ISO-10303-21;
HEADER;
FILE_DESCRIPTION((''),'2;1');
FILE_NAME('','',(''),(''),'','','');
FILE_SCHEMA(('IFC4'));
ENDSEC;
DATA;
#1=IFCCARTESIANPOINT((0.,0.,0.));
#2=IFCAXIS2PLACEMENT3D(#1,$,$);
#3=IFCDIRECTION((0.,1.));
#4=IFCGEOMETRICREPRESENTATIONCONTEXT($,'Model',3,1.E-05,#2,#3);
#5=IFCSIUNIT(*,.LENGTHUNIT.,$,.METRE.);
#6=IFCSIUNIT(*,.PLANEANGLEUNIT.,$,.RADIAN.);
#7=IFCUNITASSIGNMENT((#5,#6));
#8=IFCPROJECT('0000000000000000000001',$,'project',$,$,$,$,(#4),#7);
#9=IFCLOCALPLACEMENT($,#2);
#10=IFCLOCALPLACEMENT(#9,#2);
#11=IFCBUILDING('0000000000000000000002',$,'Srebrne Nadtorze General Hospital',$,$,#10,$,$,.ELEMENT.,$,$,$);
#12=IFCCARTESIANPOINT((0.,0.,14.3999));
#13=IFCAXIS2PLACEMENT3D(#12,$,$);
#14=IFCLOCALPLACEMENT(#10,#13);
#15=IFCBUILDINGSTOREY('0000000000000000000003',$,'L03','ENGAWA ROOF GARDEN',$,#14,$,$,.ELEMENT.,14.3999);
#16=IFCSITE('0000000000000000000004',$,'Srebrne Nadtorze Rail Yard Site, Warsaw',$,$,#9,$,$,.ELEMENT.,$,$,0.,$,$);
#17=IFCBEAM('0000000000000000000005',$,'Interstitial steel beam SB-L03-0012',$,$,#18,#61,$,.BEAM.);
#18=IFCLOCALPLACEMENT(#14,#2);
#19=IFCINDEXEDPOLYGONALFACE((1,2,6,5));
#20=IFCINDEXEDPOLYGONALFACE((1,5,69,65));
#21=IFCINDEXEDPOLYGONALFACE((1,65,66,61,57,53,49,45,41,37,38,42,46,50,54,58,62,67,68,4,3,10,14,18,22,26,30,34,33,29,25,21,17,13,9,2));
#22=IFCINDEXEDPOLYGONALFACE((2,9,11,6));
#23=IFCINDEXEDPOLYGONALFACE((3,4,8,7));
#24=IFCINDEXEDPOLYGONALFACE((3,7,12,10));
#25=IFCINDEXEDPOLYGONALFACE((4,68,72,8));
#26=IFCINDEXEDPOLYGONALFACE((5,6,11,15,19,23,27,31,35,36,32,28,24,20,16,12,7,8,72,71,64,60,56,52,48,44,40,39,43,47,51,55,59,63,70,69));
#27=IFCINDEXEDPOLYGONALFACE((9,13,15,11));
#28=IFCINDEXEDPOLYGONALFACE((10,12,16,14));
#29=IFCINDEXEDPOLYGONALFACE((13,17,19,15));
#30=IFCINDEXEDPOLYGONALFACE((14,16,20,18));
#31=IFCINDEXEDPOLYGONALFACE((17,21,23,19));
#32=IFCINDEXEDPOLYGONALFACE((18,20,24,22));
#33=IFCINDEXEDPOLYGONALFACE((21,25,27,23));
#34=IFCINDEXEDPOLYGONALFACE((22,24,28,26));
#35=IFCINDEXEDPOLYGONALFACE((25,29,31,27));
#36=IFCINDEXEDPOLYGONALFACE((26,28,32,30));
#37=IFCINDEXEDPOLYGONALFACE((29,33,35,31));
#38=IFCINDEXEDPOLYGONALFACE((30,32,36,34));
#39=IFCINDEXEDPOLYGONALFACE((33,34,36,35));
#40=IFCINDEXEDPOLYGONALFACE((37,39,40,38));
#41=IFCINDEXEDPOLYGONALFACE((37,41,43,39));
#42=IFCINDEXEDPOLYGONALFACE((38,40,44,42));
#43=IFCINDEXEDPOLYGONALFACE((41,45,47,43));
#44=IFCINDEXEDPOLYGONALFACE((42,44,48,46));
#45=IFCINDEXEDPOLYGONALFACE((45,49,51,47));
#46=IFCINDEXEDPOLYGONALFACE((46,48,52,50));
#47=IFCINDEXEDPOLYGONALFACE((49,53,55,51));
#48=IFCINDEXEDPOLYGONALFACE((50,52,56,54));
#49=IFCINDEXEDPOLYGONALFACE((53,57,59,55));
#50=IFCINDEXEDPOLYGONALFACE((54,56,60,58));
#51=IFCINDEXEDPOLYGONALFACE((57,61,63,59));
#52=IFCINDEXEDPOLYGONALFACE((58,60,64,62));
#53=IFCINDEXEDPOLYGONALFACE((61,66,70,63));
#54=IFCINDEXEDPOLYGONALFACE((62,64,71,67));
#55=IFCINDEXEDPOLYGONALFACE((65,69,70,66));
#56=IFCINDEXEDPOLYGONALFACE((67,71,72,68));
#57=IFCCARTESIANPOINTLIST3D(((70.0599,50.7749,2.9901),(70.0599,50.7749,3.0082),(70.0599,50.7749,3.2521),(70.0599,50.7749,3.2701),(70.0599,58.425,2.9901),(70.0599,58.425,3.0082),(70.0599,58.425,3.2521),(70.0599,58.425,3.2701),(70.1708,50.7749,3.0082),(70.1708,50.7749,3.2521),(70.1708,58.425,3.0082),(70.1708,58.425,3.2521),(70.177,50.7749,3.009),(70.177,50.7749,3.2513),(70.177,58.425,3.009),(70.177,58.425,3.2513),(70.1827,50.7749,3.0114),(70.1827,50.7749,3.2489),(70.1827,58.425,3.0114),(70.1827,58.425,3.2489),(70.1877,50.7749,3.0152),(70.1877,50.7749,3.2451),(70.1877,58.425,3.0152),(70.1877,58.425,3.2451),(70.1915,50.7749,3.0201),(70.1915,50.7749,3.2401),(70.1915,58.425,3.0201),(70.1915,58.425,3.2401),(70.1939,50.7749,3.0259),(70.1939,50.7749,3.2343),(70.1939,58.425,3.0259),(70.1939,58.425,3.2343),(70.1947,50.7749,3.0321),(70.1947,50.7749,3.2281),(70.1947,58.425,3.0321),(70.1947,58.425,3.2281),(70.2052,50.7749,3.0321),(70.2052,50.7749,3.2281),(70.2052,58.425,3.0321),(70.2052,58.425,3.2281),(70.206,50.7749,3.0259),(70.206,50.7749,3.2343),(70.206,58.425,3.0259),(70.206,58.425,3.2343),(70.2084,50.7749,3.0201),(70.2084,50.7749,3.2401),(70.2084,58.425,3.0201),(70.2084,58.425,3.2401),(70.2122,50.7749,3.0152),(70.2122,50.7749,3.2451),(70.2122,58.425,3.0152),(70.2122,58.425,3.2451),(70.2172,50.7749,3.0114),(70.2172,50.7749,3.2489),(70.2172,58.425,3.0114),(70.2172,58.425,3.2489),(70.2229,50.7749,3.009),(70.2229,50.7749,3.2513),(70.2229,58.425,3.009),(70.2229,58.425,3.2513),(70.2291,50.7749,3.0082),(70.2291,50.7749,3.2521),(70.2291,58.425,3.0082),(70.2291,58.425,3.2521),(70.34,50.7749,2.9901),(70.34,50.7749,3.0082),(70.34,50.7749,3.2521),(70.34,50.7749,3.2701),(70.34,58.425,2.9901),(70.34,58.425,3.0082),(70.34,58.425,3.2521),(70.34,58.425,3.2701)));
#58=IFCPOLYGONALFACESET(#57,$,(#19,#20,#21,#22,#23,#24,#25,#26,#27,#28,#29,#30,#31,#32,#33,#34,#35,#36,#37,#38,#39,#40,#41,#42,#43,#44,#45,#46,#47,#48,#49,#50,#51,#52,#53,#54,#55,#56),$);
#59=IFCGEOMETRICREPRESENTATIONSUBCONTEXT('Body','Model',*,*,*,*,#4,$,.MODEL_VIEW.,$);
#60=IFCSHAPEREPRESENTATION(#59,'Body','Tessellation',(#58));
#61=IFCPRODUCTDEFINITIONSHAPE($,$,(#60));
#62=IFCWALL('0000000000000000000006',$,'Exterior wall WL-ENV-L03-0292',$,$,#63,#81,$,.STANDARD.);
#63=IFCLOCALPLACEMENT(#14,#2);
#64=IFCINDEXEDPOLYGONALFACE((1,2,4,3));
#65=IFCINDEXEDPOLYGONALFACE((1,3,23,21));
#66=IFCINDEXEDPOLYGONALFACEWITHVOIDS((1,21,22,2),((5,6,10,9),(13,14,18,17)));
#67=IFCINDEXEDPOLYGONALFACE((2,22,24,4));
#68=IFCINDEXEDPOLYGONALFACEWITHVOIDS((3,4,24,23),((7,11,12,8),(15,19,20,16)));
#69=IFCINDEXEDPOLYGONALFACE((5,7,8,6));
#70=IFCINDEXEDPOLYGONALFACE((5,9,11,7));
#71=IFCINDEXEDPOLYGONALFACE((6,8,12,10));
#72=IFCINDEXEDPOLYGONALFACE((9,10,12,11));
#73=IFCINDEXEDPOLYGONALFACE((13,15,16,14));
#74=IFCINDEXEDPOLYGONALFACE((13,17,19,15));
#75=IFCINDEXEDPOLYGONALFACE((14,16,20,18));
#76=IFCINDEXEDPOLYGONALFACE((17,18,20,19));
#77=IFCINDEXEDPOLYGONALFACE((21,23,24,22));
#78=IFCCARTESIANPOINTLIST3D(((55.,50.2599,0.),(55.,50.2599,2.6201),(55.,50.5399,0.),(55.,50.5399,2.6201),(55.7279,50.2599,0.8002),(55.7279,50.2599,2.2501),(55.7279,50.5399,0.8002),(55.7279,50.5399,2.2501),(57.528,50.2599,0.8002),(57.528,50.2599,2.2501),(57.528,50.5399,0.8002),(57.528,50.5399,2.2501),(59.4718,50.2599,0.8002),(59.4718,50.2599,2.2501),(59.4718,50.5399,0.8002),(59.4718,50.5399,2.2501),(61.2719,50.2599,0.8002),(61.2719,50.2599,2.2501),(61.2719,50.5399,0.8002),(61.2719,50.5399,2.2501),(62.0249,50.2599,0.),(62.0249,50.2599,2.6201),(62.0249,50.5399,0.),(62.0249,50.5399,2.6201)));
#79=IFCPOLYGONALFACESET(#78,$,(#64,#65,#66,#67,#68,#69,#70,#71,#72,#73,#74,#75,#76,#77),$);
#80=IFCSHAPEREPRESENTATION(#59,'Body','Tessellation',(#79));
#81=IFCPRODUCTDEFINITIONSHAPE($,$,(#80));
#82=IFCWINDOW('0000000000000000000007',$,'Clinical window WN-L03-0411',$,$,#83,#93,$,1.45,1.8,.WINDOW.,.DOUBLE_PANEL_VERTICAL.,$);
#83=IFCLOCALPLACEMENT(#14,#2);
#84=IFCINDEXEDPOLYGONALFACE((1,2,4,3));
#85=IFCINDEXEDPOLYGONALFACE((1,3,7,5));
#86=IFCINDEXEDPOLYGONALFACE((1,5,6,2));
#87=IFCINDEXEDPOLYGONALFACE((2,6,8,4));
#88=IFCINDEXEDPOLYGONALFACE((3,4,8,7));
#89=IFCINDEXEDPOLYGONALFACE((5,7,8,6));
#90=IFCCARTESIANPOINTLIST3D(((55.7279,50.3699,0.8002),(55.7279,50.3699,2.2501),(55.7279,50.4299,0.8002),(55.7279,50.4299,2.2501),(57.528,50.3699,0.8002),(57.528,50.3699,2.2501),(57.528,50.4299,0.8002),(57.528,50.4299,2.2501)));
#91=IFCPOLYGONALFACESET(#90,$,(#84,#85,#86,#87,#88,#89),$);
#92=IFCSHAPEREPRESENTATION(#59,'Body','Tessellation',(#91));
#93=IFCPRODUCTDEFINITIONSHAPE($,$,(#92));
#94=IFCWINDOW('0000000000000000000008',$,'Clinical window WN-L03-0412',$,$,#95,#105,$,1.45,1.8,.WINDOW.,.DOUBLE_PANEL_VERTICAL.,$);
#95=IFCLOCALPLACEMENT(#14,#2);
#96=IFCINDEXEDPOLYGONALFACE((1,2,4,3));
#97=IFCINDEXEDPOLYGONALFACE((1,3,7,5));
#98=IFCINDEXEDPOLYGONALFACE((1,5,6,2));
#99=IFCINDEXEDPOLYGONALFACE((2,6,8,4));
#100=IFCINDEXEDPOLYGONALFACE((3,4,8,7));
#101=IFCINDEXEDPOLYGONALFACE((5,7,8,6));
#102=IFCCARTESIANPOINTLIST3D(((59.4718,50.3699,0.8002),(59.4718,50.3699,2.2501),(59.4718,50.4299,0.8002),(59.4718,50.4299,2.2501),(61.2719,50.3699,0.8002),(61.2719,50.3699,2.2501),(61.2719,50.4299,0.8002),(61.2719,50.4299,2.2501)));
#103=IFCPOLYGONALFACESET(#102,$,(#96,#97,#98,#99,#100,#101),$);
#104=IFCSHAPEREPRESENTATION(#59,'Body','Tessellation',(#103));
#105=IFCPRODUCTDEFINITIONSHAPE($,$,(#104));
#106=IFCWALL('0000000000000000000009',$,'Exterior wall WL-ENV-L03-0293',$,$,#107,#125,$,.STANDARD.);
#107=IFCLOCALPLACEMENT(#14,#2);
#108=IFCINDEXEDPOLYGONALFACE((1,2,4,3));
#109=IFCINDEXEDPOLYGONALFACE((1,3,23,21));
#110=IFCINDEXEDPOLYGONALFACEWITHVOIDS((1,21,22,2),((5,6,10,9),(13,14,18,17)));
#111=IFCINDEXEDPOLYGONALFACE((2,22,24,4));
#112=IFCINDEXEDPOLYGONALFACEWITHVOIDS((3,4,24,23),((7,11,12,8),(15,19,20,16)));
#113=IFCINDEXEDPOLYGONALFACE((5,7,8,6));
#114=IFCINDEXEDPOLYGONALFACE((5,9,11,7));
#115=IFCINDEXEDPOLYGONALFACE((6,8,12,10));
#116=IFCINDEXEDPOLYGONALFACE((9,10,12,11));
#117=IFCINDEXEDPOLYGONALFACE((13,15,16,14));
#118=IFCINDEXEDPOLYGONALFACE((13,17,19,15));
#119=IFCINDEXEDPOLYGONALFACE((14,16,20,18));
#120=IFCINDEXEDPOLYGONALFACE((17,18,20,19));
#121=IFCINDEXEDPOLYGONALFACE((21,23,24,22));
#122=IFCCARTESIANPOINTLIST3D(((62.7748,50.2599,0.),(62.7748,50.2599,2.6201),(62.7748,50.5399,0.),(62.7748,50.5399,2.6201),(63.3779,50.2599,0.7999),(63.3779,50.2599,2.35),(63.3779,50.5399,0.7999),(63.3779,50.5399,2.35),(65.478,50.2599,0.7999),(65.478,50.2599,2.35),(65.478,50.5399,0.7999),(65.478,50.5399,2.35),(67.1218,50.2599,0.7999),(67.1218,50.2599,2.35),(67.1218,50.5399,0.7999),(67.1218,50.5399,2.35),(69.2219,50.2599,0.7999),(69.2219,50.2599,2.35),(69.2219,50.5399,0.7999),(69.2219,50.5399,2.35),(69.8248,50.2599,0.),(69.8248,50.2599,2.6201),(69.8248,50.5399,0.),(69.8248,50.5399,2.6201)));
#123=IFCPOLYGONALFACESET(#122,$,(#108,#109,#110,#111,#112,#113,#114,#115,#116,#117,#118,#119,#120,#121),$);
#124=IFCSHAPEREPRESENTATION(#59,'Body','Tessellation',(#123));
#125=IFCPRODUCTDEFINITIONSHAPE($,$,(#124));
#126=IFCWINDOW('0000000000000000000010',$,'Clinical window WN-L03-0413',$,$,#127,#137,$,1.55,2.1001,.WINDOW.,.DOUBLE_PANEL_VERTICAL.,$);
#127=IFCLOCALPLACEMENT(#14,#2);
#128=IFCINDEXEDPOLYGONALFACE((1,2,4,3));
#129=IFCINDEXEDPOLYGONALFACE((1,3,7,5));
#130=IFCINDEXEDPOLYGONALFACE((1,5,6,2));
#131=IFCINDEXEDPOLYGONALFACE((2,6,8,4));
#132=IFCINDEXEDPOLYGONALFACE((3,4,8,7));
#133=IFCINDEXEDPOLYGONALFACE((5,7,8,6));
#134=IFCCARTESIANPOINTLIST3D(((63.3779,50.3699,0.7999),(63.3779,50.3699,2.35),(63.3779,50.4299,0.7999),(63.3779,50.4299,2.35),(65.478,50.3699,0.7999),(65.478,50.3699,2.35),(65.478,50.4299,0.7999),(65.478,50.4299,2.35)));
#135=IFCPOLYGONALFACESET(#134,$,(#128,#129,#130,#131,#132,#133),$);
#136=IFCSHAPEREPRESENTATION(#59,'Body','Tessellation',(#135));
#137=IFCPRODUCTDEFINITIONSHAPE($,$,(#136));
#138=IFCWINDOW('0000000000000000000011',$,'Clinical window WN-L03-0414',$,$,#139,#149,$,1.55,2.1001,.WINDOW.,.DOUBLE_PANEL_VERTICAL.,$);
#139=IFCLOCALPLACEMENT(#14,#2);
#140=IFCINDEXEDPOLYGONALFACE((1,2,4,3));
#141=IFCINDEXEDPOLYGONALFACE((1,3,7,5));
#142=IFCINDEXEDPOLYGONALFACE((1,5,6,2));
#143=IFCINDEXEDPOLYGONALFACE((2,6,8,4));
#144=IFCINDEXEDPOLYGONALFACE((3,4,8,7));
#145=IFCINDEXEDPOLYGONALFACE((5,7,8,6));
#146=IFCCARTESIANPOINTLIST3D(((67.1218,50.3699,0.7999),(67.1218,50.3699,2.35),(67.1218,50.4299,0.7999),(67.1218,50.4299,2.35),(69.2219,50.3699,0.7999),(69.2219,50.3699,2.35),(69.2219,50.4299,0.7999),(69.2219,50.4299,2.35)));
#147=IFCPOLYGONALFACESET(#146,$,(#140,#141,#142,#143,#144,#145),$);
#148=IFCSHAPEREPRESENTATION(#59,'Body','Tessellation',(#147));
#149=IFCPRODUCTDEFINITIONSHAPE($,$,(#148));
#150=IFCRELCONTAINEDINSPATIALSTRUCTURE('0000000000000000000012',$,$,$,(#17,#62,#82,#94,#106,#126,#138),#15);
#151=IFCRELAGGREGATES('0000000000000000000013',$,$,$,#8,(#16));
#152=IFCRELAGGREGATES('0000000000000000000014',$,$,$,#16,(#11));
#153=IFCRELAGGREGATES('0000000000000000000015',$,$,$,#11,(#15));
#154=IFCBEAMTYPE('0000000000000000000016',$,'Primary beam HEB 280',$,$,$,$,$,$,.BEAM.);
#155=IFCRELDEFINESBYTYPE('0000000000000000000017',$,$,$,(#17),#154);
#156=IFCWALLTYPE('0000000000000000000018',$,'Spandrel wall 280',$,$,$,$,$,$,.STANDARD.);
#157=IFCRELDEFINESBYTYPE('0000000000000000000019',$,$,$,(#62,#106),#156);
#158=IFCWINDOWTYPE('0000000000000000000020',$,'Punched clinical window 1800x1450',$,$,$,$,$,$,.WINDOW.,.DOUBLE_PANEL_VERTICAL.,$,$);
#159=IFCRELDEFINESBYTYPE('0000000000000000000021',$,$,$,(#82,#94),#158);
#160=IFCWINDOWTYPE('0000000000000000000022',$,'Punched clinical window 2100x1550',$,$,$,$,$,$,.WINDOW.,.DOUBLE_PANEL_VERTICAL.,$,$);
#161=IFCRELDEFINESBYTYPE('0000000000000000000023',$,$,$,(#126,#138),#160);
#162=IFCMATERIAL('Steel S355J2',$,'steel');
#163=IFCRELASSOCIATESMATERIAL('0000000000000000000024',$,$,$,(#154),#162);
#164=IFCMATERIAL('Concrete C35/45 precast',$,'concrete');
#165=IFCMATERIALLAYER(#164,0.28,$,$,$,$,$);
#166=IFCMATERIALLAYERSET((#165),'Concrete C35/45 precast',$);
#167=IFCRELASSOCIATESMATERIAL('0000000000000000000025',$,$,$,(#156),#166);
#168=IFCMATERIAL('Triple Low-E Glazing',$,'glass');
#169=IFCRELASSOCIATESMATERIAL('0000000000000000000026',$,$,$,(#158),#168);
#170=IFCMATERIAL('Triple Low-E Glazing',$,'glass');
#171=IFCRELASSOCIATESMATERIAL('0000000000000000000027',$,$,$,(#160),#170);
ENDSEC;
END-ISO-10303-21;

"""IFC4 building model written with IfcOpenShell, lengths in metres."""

from ifc_helpers import new_model, si_unit, direction, frame, frame_2d, origin, origin_2d, place, context, subcontext, project, spatial, rectangle, i_section, extrude, material, layer, layer_set, material_profile, profile_set, type_object, element, fill, save


model = new_model("IFC4")

# Units and contexts
model_context = context("Model", 3, precision=1e-05, world=origin(), true_north=direction((0.0, 1.0)))
body_context = subcontext(model_context, "Body", "Model", "MODEL_VIEW")
ifc_project = project(units=[si_unit("LENGTHUNIT", "METRE"), si_unit("PLANEANGLEUNIT", "RADIAN")], contexts=[model_context])

# Site, building, storey
site_placement = place(None, origin())
site = spatial("IfcSite", under=ifc_project, at=site_placement, Name="Srebrne Nadtorze Rail Yard Site, Warsaw", CompositionType="ELEMENT", RefElevation=0.0)
building_placement = place(site_placement, origin())
building = spatial("IfcBuilding", under=site, at=building_placement, Name="Srebrne Nadtorze General Hospital", CompositionType="ELEMENT")
storey_placement = place(building_placement, frame((0.0, 0.0, 14.3999)))
storey = spatial("IfcBuildingStorey", under=building, at=storey_placement, Name="L03", Description="ENGAWA ROOF GARDEN", CompositionType="ELEMENT", Elevation=14.3999)

# Beam
ifc_material_1 = material(Name="Steel S355J2", Category="steel")
ifc_material_profile_1 = material_profile(ifc_material_1, i_section(OverallWidth=0.28, OverallDepth=0.28, WebThickness=0.0105, FlangeThickness=0.0181, FilletRadius=0.0239, at=origin_2d()), Name="HEB-280")
ifc_profile_set_1 = profile_set([ifc_material_profile_1], Name="Steel S355J2")
beam_type_1 = type_object("IfcBeamType", Name="Primary beam HEB 280", PredefinedType="BEAM", material=ifc_profile_set_1)
beam_1_placement = place(storey_placement, frame((70.2, 50.7749, 3.1301), z_axis=(0.0, 1.0, 0.0), x_axis=(-1.0, 0.0, 0.0)))
element("IfcBeam", 1, at=beam_1_placement, inside=storey, type_object=beam_type_1, Name="Interstitial steel beam SB-L03-0012", PredefinedType="BEAM", context=body_context, shape_type="SweptSolid", body=[
    extrude(i_section(OverallWidth=0.28, OverallDepth=0.28, WebThickness=0.0105, FlangeThickness=0.0181, FilletRadius=0.0239, at=origin_2d()), origin(), (0.0, 0.0, 1.0), 7.6501),
])

# Walls, openings, windows
ifc_material_2 = material(Name="Concrete C35/45 precast", Category="concrete")
ifc_layer_1 = layer(ifc_material_2, 0.28)
ifc_layer_set_1 = layer_set([ifc_layer_1], Name="Concrete C35/45 precast")
wall_type = type_object("IfcWallType", Name="Spandrel wall 280", PredefinedType="STANDARD", material=ifc_layer_set_1)
wall_1_placement = place(storey_placement, frame((55.0, 50.3999, 0.0), z_axis=(0.0, 0.0, 1.0), x_axis=(1.0, 0.0, 0.0)))
wall_1 = element("IfcWall", 2, at=wall_1_placement, inside=storey, type_object=wall_type, Name="Exterior wall WL-ENV-L03-0292", PredefinedType="STANDARD", context=body_context, shape_type="SweptSolid", body=[
    extrude(rectangle(XDim=7.0249, YDim=0.28, at=frame_2d((3.5125, 0.0))), origin(), (0.0, 0.0, 1.0), 2.6201),
])
opening_1_placement = place(wall_1_placement, frame((0.728, 0.0, 0.8)))
opening_1 = element("IfcOpeningElement", 3, at=opening_1_placement, cuts=wall_1, PredefinedType="OPENING", context=body_context, shape_type="SweptSolid", body=[
    extrude(rectangle(XDim=1.8, YDim=1.45, at=frame_2d((0.8999, 0.7251))), frame((0.0, 0.1519, 0.0), z_axis=(0.0, -1.0, 0.0), x_axis=(1.0, 0.0, 0.0)), (0.0, 0.0, 1.0), 0.304),
])
opening_2_placement = place(wall_1_placement, frame((4.4719, 0.0, 0.8)))
opening_2 = element("IfcOpeningElement", 4, at=opening_2_placement, cuts=wall_1, PredefinedType="OPENING", context=body_context, shape_type="SweptSolid", body=[
    extrude(rectangle(XDim=1.8, YDim=1.45, at=frame_2d((0.8999, 0.7251))), frame((0.0, 0.1519, 0.0), z_axis=(0.0, -1.0, 0.0), x_axis=(1.0, 0.0, 0.0)), (0.0, 0.0, 1.0), 0.304),
])
ifc_material_3 = material(Name="Triple Low-E Glazing", Category="glass")
window_type_1 = type_object("IfcWindowType", Name="Punched clinical window 1800x1450", PartitioningType="DOUBLE_PANEL_VERTICAL", PredefinedType="WINDOW", material=ifc_material_3)
window_1_placement = place(opening_1_placement, origin())
window_1 = element("IfcWindow", 5, at=window_1_placement, inside=storey, type_object=window_type_1, Name="Clinical window WN-L03-0411", OverallHeight=1.45, OverallWidth=1.8, PartitioningType="DOUBLE_PANEL_VERTICAL", PredefinedType="WINDOW", context=body_context, shape_type="SweptSolid", body=[
    extrude(rectangle(XDim=1.8, YDim=1.45, at=frame_2d((0.8999, 0.7251))), frame((0.0, 0.03, 0.0), z_axis=(0.0, -1.0, 0.0), x_axis=(1.0, 0.0, 0.0)), (0.0, 0.0, 1.0), 0.0601),
])
fill(opening_1, window_1)
window_2_placement = place(opening_2_placement, origin())
window_2 = element("IfcWindow", 6, at=window_2_placement, inside=storey, type_object=window_type_1, Name="Clinical window WN-L03-0412", OverallHeight=1.45, OverallWidth=1.8, PartitioningType="DOUBLE_PANEL_VERTICAL", PredefinedType="WINDOW", context=body_context, shape_type="SweptSolid", body=[
    extrude(rectangle(XDim=1.8, YDim=1.45, at=frame_2d((0.8999, 0.7251))), frame((0.0, 0.03, 0.0), z_axis=(0.0, -1.0, 0.0), x_axis=(1.0, 0.0, 0.0)), (0.0, 0.0, 1.0), 0.0601),
])
fill(opening_2, window_2)
wall_2_placement = place(storey_placement, frame((62.7749, 50.3999, 0.0), z_axis=(0.0, 0.0, 1.0), x_axis=(1.0, 0.0, 0.0)))
wall_2 = element("IfcWall", 7, at=wall_2_placement, inside=storey, type_object=wall_type, Name="Exterior wall WL-ENV-L03-0293", PredefinedType="STANDARD", context=body_context, shape_type="SweptSolid", body=[
    extrude(rectangle(XDim=7.05, YDim=0.28, at=frame_2d((3.5249, 0.0))), origin(), (0.0, 0.0, 1.0), 2.6201),
])
opening_3_placement = place(wall_2_placement, frame((0.603, 0.0, 0.8)))
opening_3 = element("IfcOpeningElement", 8, at=opening_3_placement, cuts=wall_2, PredefinedType="OPENING", context=body_context, shape_type="SweptSolid", body=[
    extrude(rectangle(XDim=2.1001, YDim=1.55, at=frame_2d((1.05, 0.7749))), frame((0.0, 0.1519, 0.0), z_axis=(0.0, -1.0, 0.0), x_axis=(1.0, 0.0, 0.0)), (0.0, 0.0, 1.0), 0.304),
])
opening_4_placement = place(wall_2_placement, frame((4.3469, 0.0, 0.8)))
opening_4 = element("IfcOpeningElement", 9, at=opening_4_placement, cuts=wall_2, PredefinedType="OPENING", context=body_context, shape_type="SweptSolid", body=[
    extrude(rectangle(XDim=2.1001, YDim=1.55, at=frame_2d((1.05, 0.7749))), frame((0.0, 0.1519, 0.0), z_axis=(0.0, -1.0, 0.0), x_axis=(1.0, 0.0, 0.0)), (0.0, 0.0, 1.0), 0.304),
])
ifc_material_4 = material(Name="Triple Low-E Glazing", Category="glass")
window_type_2 = type_object("IfcWindowType", Name="Punched clinical window 2100x1550", PartitioningType="DOUBLE_PANEL_VERTICAL", PredefinedType="WINDOW", material=ifc_material_4)
window_3_placement = place(opening_3_placement, origin())
window_3 = element("IfcWindow", 10, at=window_3_placement, inside=storey, type_object=window_type_2, Name="Clinical window WN-L03-0413", OverallHeight=1.55, OverallWidth=2.1001, PartitioningType="DOUBLE_PANEL_VERTICAL", PredefinedType="WINDOW", context=body_context, shape_type="SweptSolid", body=[
    extrude(rectangle(XDim=2.1001, YDim=1.55, at=frame_2d((1.05, 0.7749))), frame((0.0, 0.03, 0.0), z_axis=(0.0, -1.0, 0.0), x_axis=(1.0, 0.0, 0.0)), (0.0, 0.0, 1.0), 0.0601),
])
fill(opening_3, window_3)
window_4_placement = place(opening_4_placement, origin())
window_4 = element("IfcWindow", 11, at=window_4_placement, inside=storey, type_object=window_type_2, Name="Clinical window WN-L03-0414", OverallHeight=1.55, OverallWidth=2.1001, PartitioningType="DOUBLE_PANEL_VERTICAL", PredefinedType="WINDOW", context=body_context, shape_type="SweptSolid", body=[
    extrude(rectangle(XDim=2.1001, YDim=1.55, at=frame_2d((1.05, 0.7749))), frame((0.0, 0.03, 0.0), z_axis=(0.0, -1.0, 0.0), x_axis=(1.0, 0.0, 0.0)), (0.0, 0.0, 1.0), 0.0601),
])
fill(opening_4, window_4)

save(model, "model.ifc")
